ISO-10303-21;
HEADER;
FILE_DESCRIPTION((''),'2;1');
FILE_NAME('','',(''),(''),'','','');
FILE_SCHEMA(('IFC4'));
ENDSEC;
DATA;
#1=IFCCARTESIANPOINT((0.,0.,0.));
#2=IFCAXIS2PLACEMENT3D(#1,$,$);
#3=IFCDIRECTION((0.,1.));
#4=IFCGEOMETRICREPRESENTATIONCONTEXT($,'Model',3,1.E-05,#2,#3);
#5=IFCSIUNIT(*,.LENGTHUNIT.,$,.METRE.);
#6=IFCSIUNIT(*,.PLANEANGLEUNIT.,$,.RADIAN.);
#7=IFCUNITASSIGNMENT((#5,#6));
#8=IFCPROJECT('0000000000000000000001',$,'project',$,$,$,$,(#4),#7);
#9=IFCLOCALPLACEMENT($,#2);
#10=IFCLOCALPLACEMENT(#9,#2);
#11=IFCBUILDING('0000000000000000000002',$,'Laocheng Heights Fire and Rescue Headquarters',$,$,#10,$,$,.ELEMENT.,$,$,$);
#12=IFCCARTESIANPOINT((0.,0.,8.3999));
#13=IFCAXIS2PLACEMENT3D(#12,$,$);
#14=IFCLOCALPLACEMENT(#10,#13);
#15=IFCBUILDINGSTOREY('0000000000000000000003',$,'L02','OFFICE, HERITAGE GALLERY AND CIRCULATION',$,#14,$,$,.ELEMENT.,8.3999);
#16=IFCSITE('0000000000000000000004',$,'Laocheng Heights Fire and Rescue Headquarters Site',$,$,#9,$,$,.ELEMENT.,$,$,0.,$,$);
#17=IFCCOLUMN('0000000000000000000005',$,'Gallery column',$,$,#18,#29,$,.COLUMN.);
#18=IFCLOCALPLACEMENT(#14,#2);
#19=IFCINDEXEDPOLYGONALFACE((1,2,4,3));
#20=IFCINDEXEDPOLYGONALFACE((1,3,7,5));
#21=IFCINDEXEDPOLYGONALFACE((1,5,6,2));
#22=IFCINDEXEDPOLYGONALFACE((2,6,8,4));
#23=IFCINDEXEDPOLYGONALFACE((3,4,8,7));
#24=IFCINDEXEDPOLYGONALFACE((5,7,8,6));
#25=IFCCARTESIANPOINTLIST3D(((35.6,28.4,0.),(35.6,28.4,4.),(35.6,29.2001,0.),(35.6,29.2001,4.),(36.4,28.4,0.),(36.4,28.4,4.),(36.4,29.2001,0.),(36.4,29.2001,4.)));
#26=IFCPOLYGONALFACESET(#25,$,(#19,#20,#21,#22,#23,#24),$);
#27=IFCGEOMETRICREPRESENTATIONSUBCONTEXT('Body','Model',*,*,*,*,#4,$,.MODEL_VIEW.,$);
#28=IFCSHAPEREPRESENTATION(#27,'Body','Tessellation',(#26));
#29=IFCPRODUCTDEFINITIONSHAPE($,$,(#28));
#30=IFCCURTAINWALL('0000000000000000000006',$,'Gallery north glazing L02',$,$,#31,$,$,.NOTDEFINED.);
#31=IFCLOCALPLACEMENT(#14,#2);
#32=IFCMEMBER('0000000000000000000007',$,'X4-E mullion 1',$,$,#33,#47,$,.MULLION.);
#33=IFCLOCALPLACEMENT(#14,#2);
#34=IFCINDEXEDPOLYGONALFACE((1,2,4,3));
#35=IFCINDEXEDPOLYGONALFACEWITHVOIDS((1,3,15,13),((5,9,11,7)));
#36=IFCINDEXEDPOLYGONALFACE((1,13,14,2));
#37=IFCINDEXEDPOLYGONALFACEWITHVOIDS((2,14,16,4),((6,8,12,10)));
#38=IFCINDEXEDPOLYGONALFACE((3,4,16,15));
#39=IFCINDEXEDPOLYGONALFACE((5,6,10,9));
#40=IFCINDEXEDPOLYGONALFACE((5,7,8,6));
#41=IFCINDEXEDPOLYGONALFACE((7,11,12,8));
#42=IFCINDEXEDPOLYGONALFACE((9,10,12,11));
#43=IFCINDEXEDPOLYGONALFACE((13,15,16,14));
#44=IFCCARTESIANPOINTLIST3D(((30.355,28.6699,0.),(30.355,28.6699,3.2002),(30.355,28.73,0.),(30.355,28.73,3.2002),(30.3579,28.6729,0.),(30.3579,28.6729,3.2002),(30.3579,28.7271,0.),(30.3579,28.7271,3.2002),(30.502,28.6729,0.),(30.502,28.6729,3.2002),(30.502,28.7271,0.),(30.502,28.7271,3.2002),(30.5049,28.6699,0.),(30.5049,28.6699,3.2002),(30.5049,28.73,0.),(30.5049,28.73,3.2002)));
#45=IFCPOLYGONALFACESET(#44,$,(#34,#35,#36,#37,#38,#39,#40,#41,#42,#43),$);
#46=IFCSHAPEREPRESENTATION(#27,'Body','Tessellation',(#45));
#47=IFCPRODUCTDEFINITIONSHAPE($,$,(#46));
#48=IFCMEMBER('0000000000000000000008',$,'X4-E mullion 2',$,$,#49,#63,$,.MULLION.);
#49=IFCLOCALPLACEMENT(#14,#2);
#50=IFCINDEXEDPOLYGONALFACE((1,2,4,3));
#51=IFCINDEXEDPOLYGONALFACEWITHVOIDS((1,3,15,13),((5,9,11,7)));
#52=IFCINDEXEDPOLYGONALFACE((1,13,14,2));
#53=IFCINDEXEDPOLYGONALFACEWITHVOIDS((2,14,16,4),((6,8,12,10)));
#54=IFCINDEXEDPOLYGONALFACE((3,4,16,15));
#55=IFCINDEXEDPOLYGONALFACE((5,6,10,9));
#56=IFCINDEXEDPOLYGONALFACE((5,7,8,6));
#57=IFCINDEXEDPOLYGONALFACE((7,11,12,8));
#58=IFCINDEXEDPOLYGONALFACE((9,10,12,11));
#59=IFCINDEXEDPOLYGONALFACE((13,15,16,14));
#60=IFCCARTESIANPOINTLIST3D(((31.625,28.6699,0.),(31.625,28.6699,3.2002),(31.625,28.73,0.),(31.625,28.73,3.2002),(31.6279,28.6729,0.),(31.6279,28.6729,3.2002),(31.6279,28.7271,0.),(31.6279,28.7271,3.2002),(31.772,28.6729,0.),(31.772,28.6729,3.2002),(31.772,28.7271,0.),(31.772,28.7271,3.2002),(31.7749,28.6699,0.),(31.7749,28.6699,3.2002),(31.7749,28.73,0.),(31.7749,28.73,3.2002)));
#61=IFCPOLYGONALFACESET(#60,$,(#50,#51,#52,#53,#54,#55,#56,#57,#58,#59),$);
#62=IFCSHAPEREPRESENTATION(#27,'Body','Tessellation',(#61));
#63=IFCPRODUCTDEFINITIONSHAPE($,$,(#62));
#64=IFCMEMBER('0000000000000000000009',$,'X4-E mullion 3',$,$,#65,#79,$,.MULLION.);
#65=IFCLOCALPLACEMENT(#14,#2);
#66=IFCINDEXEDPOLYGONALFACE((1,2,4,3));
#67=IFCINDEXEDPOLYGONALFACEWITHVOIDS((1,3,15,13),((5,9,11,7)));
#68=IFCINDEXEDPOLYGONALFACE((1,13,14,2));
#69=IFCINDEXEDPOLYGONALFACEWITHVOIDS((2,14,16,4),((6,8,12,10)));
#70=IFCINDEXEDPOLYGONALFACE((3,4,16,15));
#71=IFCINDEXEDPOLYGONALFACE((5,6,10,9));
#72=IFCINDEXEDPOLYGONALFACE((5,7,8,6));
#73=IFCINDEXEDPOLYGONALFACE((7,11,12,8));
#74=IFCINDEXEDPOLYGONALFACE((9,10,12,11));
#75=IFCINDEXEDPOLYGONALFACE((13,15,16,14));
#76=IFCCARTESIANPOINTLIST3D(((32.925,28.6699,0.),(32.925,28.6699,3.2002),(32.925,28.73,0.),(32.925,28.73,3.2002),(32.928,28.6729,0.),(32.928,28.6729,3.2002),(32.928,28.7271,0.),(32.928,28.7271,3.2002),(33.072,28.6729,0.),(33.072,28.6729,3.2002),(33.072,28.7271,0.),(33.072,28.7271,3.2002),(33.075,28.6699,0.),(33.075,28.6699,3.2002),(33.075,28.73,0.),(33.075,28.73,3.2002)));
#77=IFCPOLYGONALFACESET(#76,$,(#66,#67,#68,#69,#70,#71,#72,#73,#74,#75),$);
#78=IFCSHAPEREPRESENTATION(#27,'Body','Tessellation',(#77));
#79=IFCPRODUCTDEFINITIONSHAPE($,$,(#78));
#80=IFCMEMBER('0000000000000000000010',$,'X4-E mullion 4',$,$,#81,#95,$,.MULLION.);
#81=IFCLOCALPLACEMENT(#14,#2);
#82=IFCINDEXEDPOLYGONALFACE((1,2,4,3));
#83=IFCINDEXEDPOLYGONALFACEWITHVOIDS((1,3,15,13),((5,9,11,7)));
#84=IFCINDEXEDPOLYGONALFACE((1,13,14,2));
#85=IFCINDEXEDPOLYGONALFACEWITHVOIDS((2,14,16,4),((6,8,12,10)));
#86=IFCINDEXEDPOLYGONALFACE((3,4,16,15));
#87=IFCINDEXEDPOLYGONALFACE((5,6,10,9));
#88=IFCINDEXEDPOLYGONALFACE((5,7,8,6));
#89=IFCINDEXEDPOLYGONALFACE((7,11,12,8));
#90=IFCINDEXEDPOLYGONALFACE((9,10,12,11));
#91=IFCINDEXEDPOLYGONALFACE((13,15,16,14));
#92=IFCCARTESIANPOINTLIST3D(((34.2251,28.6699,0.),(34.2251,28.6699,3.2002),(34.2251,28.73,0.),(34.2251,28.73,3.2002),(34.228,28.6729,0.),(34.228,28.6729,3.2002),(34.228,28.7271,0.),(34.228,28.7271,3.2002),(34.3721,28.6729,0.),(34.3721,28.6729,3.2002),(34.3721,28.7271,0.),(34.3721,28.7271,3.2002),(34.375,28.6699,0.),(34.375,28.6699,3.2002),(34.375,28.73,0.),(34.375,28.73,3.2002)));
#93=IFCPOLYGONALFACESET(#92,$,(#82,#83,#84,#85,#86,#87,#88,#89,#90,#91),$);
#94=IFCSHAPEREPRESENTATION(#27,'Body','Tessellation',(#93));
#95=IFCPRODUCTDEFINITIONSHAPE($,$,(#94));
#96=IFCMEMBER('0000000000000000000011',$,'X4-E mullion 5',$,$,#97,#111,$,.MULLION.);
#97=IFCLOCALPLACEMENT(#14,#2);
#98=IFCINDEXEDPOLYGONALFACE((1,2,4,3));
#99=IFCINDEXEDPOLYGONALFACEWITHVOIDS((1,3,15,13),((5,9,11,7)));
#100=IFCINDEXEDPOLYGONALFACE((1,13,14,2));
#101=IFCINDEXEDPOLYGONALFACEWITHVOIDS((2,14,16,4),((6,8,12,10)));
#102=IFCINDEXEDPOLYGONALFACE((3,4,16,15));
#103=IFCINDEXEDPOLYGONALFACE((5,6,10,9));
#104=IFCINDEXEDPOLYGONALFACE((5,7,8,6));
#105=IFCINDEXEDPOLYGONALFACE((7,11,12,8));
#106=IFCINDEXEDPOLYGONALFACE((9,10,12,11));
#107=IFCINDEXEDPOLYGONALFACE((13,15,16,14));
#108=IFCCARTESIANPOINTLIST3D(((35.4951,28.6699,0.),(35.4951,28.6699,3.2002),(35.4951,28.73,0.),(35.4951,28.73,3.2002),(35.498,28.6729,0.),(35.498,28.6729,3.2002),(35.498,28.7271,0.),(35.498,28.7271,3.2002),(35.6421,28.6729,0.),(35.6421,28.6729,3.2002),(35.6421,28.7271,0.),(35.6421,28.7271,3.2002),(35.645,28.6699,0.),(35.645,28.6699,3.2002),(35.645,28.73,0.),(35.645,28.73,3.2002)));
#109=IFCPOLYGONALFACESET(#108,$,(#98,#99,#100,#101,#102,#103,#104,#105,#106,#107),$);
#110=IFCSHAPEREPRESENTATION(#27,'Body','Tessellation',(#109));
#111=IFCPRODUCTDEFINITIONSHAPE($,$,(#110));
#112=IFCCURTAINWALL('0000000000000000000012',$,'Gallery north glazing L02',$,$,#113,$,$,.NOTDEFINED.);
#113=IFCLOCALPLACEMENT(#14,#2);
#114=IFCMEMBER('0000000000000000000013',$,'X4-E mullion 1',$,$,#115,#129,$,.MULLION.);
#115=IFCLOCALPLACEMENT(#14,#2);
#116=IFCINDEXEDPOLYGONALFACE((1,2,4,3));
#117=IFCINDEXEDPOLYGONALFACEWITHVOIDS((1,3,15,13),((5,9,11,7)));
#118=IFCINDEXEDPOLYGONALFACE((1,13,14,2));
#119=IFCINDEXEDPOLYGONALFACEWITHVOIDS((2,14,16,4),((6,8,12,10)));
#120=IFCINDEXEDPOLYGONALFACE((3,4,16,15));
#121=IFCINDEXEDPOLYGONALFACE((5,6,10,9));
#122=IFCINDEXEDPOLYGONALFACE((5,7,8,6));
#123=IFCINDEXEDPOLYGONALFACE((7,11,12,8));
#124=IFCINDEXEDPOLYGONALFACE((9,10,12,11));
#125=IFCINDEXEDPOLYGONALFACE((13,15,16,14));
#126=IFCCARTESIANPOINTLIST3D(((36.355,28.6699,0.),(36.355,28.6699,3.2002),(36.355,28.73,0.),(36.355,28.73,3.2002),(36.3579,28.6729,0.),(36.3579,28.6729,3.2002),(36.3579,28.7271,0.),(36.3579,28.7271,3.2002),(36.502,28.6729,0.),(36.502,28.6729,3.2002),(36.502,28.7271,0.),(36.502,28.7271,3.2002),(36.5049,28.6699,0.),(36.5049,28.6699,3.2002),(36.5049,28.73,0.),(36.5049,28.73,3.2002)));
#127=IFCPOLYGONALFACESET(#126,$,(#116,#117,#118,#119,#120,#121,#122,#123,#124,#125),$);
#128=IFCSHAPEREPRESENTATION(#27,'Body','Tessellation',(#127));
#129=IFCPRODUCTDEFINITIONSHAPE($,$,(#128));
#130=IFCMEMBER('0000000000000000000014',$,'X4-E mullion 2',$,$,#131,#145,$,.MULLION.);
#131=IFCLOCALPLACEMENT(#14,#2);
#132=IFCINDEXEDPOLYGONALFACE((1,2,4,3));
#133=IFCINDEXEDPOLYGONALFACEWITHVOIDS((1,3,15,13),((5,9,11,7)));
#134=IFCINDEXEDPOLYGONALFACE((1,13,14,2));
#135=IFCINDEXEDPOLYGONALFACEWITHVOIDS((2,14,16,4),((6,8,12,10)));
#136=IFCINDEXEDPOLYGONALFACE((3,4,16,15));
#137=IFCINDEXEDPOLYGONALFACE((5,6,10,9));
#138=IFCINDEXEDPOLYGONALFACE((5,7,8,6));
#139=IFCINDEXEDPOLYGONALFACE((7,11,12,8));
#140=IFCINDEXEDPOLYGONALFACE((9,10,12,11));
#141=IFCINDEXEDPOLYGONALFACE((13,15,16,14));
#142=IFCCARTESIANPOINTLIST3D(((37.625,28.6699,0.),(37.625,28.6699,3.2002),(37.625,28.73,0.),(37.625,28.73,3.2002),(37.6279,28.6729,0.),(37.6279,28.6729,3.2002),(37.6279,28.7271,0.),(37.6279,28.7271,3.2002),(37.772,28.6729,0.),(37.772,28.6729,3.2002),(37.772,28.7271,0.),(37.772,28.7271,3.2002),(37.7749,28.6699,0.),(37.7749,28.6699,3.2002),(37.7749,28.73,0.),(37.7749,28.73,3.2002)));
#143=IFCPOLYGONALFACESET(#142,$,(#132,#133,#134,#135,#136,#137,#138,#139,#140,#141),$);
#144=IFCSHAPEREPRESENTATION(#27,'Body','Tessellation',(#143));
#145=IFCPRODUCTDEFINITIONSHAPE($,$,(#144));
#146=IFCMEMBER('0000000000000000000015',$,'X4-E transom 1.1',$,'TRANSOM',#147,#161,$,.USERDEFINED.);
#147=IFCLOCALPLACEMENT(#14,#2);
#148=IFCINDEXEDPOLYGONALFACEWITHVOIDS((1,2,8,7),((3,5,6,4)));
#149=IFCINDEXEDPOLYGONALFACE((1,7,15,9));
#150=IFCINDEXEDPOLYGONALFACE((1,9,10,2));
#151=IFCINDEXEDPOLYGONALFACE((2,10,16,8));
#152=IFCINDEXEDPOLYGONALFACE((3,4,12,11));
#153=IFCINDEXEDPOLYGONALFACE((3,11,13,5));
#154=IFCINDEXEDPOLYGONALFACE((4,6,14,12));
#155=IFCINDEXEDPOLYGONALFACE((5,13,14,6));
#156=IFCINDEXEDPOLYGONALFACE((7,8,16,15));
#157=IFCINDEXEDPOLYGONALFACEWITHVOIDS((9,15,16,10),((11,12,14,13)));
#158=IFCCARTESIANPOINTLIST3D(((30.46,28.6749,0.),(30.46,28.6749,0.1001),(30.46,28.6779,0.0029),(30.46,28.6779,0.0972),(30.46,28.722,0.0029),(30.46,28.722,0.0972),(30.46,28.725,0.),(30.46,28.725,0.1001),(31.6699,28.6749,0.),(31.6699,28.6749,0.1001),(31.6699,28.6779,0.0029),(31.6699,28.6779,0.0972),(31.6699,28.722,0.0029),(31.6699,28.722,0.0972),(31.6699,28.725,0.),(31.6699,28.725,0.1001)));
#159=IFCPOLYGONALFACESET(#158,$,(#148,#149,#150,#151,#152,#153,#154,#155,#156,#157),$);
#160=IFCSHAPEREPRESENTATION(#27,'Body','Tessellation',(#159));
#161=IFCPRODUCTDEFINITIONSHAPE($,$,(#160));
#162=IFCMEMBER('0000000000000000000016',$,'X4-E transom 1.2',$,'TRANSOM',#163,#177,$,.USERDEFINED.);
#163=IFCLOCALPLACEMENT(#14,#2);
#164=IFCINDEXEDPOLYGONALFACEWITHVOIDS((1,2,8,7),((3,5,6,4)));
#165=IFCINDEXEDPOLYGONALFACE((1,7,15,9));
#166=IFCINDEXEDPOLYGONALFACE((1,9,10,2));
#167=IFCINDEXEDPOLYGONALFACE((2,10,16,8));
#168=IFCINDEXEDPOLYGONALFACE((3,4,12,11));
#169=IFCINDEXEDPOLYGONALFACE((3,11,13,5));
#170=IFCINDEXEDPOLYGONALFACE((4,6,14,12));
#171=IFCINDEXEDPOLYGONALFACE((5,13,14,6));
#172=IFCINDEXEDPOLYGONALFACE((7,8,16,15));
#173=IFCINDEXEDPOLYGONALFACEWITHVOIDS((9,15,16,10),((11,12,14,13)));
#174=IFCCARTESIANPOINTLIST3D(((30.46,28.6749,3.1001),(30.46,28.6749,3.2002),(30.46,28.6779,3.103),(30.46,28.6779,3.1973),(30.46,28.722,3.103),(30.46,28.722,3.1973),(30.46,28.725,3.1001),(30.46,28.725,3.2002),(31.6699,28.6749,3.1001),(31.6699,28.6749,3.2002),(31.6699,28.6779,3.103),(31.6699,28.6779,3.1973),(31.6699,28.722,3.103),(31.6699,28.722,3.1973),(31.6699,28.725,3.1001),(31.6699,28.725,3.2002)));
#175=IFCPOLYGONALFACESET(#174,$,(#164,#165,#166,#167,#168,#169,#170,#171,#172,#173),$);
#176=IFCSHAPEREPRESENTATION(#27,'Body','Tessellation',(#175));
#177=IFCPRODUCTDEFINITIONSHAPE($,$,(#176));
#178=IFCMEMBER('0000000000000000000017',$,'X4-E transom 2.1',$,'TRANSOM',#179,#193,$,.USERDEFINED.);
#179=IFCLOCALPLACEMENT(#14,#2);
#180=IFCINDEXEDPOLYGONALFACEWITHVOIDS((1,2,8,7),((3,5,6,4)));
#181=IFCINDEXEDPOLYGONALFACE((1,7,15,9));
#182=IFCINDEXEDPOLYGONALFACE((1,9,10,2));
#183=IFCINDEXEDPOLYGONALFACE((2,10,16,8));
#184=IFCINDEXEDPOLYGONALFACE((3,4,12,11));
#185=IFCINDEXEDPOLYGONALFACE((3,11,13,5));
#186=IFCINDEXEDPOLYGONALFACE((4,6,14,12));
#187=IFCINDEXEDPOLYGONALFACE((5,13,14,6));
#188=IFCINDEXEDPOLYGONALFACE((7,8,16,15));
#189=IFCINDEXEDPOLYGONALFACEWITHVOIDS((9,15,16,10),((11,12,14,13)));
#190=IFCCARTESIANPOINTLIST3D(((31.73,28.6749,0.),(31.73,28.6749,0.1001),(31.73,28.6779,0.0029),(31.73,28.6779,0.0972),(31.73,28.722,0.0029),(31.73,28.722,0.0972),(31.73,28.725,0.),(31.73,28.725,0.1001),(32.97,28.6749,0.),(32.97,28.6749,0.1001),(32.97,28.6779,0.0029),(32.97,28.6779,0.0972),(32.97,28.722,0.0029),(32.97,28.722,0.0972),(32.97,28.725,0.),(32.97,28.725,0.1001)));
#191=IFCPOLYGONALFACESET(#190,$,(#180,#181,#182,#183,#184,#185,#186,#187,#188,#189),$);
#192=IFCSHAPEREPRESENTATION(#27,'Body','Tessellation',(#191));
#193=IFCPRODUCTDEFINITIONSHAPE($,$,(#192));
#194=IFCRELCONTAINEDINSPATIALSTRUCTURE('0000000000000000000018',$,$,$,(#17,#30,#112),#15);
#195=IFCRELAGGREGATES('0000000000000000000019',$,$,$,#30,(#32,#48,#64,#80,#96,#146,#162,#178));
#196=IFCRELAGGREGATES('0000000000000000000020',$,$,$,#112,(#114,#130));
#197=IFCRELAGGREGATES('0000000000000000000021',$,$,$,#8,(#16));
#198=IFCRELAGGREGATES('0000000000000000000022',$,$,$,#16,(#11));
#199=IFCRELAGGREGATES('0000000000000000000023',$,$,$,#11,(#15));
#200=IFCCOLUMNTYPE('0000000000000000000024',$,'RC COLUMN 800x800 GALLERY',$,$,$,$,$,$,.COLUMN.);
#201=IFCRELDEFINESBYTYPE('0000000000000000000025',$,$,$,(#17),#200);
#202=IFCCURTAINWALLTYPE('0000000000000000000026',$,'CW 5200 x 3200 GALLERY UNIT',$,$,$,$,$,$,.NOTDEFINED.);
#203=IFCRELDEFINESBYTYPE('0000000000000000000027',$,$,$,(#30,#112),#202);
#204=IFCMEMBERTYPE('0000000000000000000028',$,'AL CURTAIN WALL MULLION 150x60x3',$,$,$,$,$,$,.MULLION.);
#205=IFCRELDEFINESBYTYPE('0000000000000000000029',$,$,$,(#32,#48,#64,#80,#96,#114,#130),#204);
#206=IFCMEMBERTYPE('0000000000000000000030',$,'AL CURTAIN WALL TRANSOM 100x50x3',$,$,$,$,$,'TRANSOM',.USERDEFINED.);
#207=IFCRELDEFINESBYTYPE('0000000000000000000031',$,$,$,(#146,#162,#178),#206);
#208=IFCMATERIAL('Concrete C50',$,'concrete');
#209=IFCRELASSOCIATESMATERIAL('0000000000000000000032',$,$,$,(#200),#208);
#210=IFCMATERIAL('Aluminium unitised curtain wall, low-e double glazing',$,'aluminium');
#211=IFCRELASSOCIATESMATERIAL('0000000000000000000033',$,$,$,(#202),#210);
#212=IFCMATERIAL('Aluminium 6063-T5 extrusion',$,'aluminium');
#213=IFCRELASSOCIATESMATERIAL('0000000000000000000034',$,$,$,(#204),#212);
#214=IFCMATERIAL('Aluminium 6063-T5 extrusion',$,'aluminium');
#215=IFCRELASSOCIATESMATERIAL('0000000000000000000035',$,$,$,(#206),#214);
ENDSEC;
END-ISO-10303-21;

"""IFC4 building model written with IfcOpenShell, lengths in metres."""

from ifc_helpers import new_model, si_unit, direction, frame, origin, origin_2d, place, context, subcontext, project, spatial, rectangle, hollow_rectangle, extrude, material, material_profile, profile_set, type_object, element, aggregate, save


model = new_model("IFC4")

# Units and contexts
model_context = context("Model", 3, precision=1e-05, world=origin(), true_north=direction((0.0, 1.0)))
body_context = subcontext(model_context, "Body", "Model", "MODEL_VIEW")
ifc_project = project(units=[si_unit("LENGTHUNIT", "METRE"), si_unit("PLANEANGLEUNIT", "RADIAN")], contexts=[model_context])

# Site, building, storey
site_placement = place(None, origin())
site = spatial("IfcSite", under=ifc_project, at=site_placement, Name="Laocheng Heights Fire and Rescue Headquarters Site", CompositionType="ELEMENT", RefElevation=0.0)
building_placement = place(site_placement, origin())
building = spatial("IfcBuilding", under=site, at=building_placement, Name="Laocheng Heights Fire and Rescue Headquarters", CompositionType="ELEMENT")
storey_placement = place(building_placement, frame((0.0, 0.0, 8.3999)))
storey = spatial("IfcBuildingStorey", under=building, at=storey_placement, Name="L02", Description="OFFICE, HERITAGE GALLERY AND CIRCULATION", CompositionType="ELEMENT", Elevation=8.3999)

# Column
ifc_material_1 = material(Name="Concrete C50", Category="concrete")
ifc_material_profile_1 = material_profile(ifc_material_1, rectangle(XDim=0.8, YDim=0.8, at=origin_2d()), Name="RC COLUMN 800x800 GALLERY")
ifc_profile_set_1 = profile_set([ifc_material_profile_1], Name="Concrete C50")
column_type = type_object("IfcColumnType", Name="RC COLUMN 800x800 GALLERY", PredefinedType="COLUMN", material=ifc_profile_set_1)
column_placement = place(storey_placement, frame((36.0, 28.8, 0.0), z_axis=(0.0, 0.0, 1.0), x_axis=(1.0, 0.0, 0.0)))
element("IfcColumn", 1, at=column_placement, inside=storey, type_object=column_type, Name="Gallery column", PredefinedType="COLUMN", context=body_context, shape_type="SweptSolid", body=[
    extrude(rectangle(XDim=0.8, YDim=0.8, at=origin_2d()), origin(), (0.0, 0.0, 1.0), 4.0),
])

# Curtain walls, members
ifc_material_2 = material(Name="Aluminium unitised curtain wall, low-e double glazing", Category="aluminium")
curtain_wall_type = type_object("IfcCurtainWallType", Name="CW 5200 x 3200 GALLERY UNIT", PredefinedType="NOTDEFINED", material=ifc_material_2)
curtain_wall_1_placement = place(storey_placement, origin())
curtain_wall_1 = element("IfcCurtainWall", 2, at=curtain_wall_1_placement, inside=storey, type_object=curtain_wall_type, Name="Gallery north glazing L02", PredefinedType="NOTDEFINED")
ifc_material_3 = material(Name="Aluminium 6063-T5 extrusion", Category="aluminium")
ifc_material_profile_2 = material_profile(ifc_material_3, hollow_rectangle(XDim=0.0601, YDim=0.1499, WallThickness=0.0029, at=origin_2d()), Name="AL MULLION 150x60x3")
ifc_profile_set_2 = profile_set([ifc_material_profile_2], Name="Aluminium 6063-T5 extrusion")
member_type_1 = type_object("IfcMemberType", Name="AL CURTAIN WALL MULLION 150x60x3", PredefinedType="MULLION", material=ifc_profile_set_2)
member_1_placement = place(storey_placement, frame((30.4299, 28.7, 0.0), z_axis=(0.0, 0.0, 1.0), x_axis=(0.0, 1.0, 0.0)))
member_1 = element("IfcMember", 3, at=member_1_placement, type_object=member_type_1, Name="X4-E mullion 1", PredefinedType="MULLION", context=body_context, shape_type="SweptSolid", body=[
    extrude(hollow_rectangle(XDim=0.0601, YDim=0.1499, WallThickness=0.0029, at=origin_2d()), origin(), (0.0, 0.0, 1.0), 3.2002),
])
member_2_placement = place(storey_placement, frame((31.7, 28.7, 0.0), z_axis=(0.0, 0.0, 1.0), x_axis=(0.0, 1.0, 0.0)))
member_2 = element("IfcMember", 4, at=member_2_placement, type_object=member_type_1, Name="X4-E mullion 2", PredefinedType="MULLION", context=body_context, shape_type="SweptSolid", body=[
    extrude(hollow_rectangle(XDim=0.0601, YDim=0.1499, WallThickness=0.0029, at=origin_2d()), origin(), (0.0, 0.0, 1.0), 3.2002),
])
member_3_placement = place(storey_placement, frame((33.0, 28.7, 0.0), z_axis=(0.0, 0.0, 1.0), x_axis=(0.0, 1.0, 0.0)))
member_3 = element("IfcMember", 5, at=member_3_placement, type_object=member_type_1, Name="X4-E mullion 3", PredefinedType="MULLION", context=body_context, shape_type="SweptSolid", body=[
    extrude(hollow_rectangle(XDim=0.0601, YDim=0.1499, WallThickness=0.0029, at=origin_2d()), origin(), (0.0, 0.0, 1.0), 3.2002),
])
member_4_placement = place(storey_placement, frame((34.3, 28.7, 0.0), z_axis=(0.0, 0.0, 1.0), x_axis=(0.0, 1.0, 0.0)))
member_4 = element("IfcMember", 6, at=member_4_placement, type_object=member_type_1, Name="X4-E mullion 4", PredefinedType="MULLION", context=body_context, shape_type="SweptSolid", body=[
    extrude(hollow_rectangle(XDim=0.0601, YDim=0.1499, WallThickness=0.0029, at=origin_2d()), origin(), (0.0, 0.0, 1.0), 3.2002),
])
member_5_placement = place(storey_placement, frame((35.5701, 28.7, 0.0), z_axis=(0.0, 0.0, 1.0), x_axis=(0.0, 1.0, 0.0)))
member_5 = element("IfcMember", 7, at=member_5_placement, type_object=member_type_1, Name="X4-E mullion 5", PredefinedType="MULLION", context=body_context, shape_type="SweptSolid", body=[
    extrude(hollow_rectangle(XDim=0.0601, YDim=0.1499, WallThickness=0.0029, at=origin_2d()), origin(), (0.0, 0.0, 1.0), 3.2002),
])
curtain_wall_2_placement = place(storey_placement, origin())
curtain_wall_2 = element("IfcCurtainWall", 8, at=curtain_wall_2_placement, inside=storey, type_object=curtain_wall_type, Name="Gallery north glazing L02", PredefinedType="NOTDEFINED")
member_6_placement = place(storey_placement, frame((36.4299, 28.7, 0.0), z_axis=(0.0, 0.0, 1.0), x_axis=(0.0, 1.0, 0.0)))
member_6 = element("IfcMember", 9, at=member_6_placement, type_object=member_type_1, Name="X4-E mullion 1", PredefinedType="MULLION", context=body_context, shape_type="SweptSolid", body=[
    extrude(hollow_rectangle(XDim=0.0601, YDim=0.1499, WallThickness=0.0029, at=origin_2d()), origin(), (0.0, 0.0, 1.0), 3.2002),
])
member_7_placement = place(storey_placement, frame((37.7, 28.7, 0.0), z_axis=(0.0, 0.0, 1.0), x_axis=(0.0, 1.0, 0.0)))
member_7 = element("IfcMember", 10, at=member_7_placement, type_object=member_type_1, Name="X4-E mullion 2", PredefinedType="MULLION", context=body_context, shape_type="SweptSolid", body=[
    extrude(hollow_rectangle(XDim=0.0601, YDim=0.1499, WallThickness=0.0029, at=origin_2d()), origin(), (0.0, 0.0, 1.0), 3.2002),
])

# Members
ifc_material_4 = material(Name="Aluminium 6063-T5 extrusion", Category="aluminium")
ifc_material_profile_3 = material_profile(ifc_material_4, hollow_rectangle(XDim=0.05, YDim=0.1001, WallThickness=0.0029, at=origin_2d()), Name="AL TRANSOM 100x50x3")
ifc_profile_set_3 = profile_set([ifc_material_profile_3], Name="Aluminium 6063-T5 extrusion")
member_type_2 = type_object("IfcMemberType", Name="AL CURTAIN WALL TRANSOM 100x50x3", ElementType="TRANSOM", PredefinedType="USERDEFINED", material=ifc_profile_set_3)
member_8_placement = place(storey_placement, frame((30.46, 28.7, 0.05), z_axis=(1.0, 0.0, 0.0), x_axis=(0.0, 1.0, 0.0)))
member_8 = element("IfcMember", 11, at=member_8_placement, type_object=member_type_2, Name="X4-E transom 1.1", ObjectType="TRANSOM", PredefinedType="USERDEFINED", context=body_context, shape_type="SweptSolid", body=[
    extrude(hollow_rectangle(XDim=0.05, YDim=0.1001, WallThickness=0.0029, at=origin_2d()), origin(), (0.0, 0.0, 1.0), 1.21),
])
member_9_placement = place(storey_placement, frame((30.46, 28.7, 3.1501), z_axis=(1.0, 0.0, 0.0), x_axis=(0.0, 1.0, 0.0)))
member_9 = element("IfcMember", 12, at=member_9_placement, type_object=member_type_2, Name="X4-E transom 1.2", ObjectType="TRANSOM", PredefinedType="USERDEFINED", context=body_context, shape_type="SweptSolid", body=[
    extrude(hollow_rectangle(XDim=0.05, YDim=0.1001, WallThickness=0.0029, at=origin_2d()), origin(), (0.0, 0.0, 1.0), 1.21),
])
member_10_placement = place(storey_placement, frame((31.73, 28.7, 0.05), z_axis=(1.0, 0.0, 0.0), x_axis=(0.0, 1.0, 0.0)))
member_10 = element("IfcMember", 13, at=member_10_placement, type_object=member_type_2, Name="X4-E transom 2.1", ObjectType="TRANSOM", PredefinedType="USERDEFINED", context=body_context, shape_type="SweptSolid", body=[
    extrude(hollow_rectangle(XDim=0.05, YDim=0.1001, WallThickness=0.0029, at=origin_2d()), origin(), (0.0, 0.0, 1.0), 1.24),
])

aggregate(curtain_wall_1, [member_1, member_2, member_3, member_4, member_5, member_8, member_9, member_10])
aggregate(curtain_wall_2, [member_6, member_7])

save(model, "model.ifc")
